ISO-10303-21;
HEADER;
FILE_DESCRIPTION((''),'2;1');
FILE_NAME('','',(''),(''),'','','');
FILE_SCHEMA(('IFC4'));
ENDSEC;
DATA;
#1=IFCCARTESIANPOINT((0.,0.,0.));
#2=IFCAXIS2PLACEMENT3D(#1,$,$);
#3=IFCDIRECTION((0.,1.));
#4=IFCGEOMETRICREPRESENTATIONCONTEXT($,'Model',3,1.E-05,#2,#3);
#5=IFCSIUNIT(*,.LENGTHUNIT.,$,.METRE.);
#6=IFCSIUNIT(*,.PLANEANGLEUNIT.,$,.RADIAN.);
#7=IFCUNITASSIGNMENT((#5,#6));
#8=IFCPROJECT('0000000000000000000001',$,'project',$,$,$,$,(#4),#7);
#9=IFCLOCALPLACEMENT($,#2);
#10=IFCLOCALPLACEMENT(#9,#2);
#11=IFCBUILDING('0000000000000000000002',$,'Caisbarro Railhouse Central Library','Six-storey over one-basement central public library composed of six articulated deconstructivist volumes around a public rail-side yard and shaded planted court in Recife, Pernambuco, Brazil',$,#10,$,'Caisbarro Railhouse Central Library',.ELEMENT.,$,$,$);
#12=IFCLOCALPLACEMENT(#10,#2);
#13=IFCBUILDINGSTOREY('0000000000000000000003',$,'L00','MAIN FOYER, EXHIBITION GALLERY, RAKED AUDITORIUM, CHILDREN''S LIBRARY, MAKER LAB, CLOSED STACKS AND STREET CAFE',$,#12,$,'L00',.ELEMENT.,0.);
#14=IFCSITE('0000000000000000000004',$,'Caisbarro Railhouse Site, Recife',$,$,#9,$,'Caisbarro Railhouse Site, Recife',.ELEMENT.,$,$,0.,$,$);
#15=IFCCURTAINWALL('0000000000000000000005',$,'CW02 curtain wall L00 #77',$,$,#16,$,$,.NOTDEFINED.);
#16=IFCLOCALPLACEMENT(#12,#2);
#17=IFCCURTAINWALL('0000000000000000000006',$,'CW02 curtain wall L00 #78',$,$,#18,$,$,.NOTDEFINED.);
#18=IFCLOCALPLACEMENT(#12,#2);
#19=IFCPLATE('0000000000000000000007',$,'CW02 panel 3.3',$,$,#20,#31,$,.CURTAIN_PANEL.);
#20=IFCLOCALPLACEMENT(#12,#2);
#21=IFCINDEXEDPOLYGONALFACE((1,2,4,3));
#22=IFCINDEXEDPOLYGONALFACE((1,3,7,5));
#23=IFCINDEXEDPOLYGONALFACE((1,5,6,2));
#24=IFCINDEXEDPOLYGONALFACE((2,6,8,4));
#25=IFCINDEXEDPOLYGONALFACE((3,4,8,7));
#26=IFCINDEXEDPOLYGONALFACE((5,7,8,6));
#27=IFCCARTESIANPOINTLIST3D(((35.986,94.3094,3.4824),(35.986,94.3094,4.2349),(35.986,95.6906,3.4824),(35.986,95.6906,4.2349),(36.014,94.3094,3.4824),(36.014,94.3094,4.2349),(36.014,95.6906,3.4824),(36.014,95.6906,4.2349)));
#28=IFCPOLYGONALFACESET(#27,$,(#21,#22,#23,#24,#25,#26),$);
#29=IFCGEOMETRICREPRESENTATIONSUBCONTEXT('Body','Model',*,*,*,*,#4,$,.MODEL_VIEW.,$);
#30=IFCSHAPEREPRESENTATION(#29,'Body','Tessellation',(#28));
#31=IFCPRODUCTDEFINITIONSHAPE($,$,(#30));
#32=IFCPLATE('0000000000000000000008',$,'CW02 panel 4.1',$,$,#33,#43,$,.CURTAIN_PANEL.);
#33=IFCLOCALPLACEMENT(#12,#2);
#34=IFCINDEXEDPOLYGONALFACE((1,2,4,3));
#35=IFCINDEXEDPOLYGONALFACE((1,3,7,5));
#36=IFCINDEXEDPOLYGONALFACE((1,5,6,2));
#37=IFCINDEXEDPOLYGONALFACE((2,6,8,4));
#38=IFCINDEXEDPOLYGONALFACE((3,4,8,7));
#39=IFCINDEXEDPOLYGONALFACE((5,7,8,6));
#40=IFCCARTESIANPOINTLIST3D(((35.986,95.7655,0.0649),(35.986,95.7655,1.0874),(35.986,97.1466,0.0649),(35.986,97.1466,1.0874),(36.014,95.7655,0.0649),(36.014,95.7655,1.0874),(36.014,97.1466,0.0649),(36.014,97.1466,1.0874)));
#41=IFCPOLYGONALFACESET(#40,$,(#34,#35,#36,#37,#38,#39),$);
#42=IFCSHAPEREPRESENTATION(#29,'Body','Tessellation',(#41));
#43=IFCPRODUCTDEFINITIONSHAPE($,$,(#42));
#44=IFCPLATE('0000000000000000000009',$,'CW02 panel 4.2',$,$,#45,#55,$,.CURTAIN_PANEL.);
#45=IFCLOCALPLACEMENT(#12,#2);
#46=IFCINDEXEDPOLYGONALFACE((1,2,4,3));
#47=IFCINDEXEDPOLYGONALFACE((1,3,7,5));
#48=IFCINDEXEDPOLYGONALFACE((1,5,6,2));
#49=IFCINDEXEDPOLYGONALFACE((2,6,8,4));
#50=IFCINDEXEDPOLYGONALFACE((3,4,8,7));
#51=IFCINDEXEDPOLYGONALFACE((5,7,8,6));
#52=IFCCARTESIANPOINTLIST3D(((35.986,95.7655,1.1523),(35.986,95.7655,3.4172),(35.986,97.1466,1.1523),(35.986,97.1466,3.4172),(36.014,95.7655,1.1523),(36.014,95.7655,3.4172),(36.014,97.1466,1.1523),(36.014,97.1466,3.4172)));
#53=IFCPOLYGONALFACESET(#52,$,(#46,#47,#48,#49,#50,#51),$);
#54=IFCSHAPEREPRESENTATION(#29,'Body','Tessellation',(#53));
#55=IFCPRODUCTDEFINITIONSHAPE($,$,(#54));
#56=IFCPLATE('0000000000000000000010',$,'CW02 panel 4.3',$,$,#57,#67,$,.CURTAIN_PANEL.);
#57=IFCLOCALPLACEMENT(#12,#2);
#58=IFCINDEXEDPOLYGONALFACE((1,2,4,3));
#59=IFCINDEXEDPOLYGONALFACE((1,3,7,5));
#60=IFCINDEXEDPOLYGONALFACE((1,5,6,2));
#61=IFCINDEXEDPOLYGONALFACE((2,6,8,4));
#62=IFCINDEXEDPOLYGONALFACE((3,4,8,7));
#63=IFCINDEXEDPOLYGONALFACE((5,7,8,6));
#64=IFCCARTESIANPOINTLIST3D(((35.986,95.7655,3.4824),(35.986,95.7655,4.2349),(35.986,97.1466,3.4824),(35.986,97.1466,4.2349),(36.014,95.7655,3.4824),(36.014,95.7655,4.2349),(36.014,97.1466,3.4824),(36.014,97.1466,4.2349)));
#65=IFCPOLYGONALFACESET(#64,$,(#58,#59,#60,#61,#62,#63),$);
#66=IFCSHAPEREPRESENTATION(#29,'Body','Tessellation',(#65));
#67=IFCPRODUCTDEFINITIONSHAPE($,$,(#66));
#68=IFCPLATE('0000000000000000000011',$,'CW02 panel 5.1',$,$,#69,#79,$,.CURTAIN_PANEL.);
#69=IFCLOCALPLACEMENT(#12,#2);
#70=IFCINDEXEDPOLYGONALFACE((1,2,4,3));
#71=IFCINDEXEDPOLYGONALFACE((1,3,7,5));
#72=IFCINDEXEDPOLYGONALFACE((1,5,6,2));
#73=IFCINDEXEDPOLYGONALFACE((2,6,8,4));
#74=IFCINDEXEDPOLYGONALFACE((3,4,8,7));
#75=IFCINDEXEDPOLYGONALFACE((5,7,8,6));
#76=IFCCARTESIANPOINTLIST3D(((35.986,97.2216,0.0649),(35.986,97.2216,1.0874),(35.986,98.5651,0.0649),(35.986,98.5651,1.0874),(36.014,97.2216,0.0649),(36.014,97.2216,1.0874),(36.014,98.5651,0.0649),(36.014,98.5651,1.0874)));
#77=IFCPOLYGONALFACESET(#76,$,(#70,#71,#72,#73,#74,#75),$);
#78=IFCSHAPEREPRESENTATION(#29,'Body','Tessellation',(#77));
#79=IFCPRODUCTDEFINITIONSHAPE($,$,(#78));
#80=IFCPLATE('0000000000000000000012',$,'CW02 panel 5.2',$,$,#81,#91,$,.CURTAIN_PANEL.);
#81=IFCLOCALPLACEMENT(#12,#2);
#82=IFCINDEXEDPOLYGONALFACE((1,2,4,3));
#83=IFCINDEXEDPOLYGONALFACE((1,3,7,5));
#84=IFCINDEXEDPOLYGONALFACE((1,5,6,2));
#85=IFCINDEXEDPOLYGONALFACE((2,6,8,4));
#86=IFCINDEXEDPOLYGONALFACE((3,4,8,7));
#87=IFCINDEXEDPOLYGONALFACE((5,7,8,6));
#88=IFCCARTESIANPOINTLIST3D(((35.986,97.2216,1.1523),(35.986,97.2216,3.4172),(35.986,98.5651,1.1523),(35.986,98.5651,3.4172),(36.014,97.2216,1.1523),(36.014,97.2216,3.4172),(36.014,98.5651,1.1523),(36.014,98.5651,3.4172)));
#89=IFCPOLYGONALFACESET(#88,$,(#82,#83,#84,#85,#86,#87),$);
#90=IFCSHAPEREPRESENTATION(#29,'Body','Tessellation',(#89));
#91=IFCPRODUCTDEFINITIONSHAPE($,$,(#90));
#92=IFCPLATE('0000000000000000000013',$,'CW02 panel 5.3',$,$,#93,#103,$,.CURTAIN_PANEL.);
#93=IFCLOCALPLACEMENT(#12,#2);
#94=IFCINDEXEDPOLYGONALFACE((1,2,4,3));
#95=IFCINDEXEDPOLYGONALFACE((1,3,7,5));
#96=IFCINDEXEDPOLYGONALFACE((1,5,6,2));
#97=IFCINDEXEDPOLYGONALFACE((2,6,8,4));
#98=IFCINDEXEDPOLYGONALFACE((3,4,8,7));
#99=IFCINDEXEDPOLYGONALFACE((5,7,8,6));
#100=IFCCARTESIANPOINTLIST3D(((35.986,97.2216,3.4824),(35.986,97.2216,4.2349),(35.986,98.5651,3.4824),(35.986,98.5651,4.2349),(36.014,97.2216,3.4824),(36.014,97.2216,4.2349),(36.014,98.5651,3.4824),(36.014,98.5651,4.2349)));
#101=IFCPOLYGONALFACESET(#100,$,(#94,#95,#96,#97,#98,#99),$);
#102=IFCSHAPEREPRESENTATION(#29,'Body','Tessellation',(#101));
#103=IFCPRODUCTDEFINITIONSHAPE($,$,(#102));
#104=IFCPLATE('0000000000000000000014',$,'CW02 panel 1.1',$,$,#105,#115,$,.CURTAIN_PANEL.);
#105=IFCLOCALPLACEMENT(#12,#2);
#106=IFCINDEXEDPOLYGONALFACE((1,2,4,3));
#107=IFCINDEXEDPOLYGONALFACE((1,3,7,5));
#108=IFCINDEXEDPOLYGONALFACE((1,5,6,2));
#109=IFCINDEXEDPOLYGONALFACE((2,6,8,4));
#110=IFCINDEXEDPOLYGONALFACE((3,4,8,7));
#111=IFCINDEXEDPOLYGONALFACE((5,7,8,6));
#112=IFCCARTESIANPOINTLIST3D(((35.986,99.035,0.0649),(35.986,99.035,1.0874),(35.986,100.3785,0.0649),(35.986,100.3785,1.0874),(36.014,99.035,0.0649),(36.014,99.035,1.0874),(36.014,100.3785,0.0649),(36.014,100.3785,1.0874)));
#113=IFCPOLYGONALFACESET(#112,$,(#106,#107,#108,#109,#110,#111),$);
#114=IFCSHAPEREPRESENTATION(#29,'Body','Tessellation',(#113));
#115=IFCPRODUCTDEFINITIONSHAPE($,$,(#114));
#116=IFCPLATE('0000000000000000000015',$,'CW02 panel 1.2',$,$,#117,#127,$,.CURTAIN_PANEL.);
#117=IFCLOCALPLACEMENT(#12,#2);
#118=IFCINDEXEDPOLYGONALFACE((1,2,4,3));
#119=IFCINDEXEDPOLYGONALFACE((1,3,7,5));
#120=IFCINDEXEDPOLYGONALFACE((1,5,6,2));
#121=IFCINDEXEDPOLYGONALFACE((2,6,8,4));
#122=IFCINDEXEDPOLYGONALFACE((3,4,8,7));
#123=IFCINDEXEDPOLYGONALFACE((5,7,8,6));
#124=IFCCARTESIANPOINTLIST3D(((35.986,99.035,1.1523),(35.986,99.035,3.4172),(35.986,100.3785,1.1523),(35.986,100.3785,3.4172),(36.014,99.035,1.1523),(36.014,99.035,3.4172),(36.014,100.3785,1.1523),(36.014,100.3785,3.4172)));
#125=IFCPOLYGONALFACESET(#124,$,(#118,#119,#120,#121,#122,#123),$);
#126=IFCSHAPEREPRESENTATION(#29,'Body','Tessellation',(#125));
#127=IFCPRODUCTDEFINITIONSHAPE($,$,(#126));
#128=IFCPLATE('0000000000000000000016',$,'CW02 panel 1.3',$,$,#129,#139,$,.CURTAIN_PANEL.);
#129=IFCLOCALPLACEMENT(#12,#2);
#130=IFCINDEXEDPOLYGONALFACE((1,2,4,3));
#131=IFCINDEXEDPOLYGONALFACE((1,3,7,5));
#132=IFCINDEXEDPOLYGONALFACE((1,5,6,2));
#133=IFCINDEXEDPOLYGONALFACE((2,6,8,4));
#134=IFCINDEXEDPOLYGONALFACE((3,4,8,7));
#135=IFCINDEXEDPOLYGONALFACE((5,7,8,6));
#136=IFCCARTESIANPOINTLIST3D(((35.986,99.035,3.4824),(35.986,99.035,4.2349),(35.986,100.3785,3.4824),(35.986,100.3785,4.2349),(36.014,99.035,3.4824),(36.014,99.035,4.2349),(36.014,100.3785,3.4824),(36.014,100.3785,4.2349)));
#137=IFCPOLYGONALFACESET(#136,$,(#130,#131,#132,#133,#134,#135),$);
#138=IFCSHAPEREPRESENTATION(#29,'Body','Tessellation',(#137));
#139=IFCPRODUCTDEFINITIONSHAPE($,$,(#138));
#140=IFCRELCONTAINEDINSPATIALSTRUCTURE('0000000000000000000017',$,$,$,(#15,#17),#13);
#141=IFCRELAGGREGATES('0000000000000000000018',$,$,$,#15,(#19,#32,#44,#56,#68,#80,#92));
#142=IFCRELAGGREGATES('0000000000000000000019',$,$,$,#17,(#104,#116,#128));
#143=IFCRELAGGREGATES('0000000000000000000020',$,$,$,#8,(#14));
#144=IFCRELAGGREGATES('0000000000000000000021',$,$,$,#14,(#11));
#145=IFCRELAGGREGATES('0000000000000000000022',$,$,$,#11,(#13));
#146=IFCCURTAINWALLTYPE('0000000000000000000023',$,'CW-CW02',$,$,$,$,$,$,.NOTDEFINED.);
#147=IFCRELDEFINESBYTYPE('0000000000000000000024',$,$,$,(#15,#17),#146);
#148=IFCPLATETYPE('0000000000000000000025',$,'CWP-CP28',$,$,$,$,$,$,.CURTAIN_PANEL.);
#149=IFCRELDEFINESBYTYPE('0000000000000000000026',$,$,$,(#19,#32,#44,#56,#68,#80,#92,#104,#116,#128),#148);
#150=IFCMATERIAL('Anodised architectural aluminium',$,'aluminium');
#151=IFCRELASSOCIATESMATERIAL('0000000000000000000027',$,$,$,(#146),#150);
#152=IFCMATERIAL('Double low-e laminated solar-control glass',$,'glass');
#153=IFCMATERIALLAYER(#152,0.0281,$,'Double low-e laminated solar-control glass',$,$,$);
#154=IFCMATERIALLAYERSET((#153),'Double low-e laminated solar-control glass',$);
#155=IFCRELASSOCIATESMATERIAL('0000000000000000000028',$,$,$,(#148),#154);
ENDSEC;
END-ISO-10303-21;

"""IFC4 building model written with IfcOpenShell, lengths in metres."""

from ifc_helpers import new_model, si_unit, direction, frame, origin, origin_2d, place, context, subcontext, project, spatial, rectangle, extrude, material, layer, layer_set, type_object, element, aggregate, save


model = new_model("IFC4")

# Units and contexts
model_context = context("Model", 3, precision=1e-05, world=origin(), true_north=direction((0.0, 1.0)))
body_context = subcontext(model_context, "Body", "Model", "MODEL_VIEW")
ifc_project = project(units=[si_unit("LENGTHUNIT", "METRE"), si_unit("PLANEANGLEUNIT", "RADIAN")], contexts=[model_context])

# Site, building, storey
site_placement = place(None, origin())
site = spatial("IfcSite", under=ifc_project, at=site_placement, Name="Caisbarro Railhouse Site, Recife", LongName="Caisbarro Railhouse Site, Recife", CompositionType="ELEMENT", RefElevation=0.0)
building_placement = place(site_placement, origin())
building = spatial("IfcBuilding", under=site, at=building_placement, Name="Caisbarro Railhouse Central Library", Description="Six-storey over one-basement central public library composed of six articulated deconstructivist volumes around a public rail-side yard and shaded planted court in Recife, Pernambuco, Brazil", LongName="Caisbarro Railhouse Central Library", CompositionType="ELEMENT")
storey_placement = place(building_placement, origin())
storey = spatial("IfcBuildingStorey", under=building, at=storey_placement, Name="L00", Description="MAIN FOYER, EXHIBITION GALLERY, RAKED AUDITORIUM, CHILDREN'S LIBRARY, MAKER LAB, CLOSED STACKS AND STREET CAFE", LongName="L00", CompositionType="ELEMENT", Elevation=0.0)

# Curtain wall
ifc_material_1 = material(Name="Anodised architectural aluminium", Category="aluminium")
curtain_wall_type = type_object("IfcCurtainWallType", Name="CW-CW02", PredefinedType="NOTDEFINED", material=ifc_material_1)
curtain_wall_1_placement = place(storey_placement, origin())
curtain_wall_1 = element("IfcCurtainWall", 1, at=curtain_wall_1_placement, inside=storey, type_object=curtain_wall_type, Name="CW02 curtain wall L00 #77", PredefinedType="NOTDEFINED")

# Curtain wall
curtain_wall_2_placement = place(storey_placement, origin())
curtain_wall_2 = element("IfcCurtainWall", 2, at=curtain_wall_2_placement, inside=storey, type_object=curtain_wall_type, Name="CW02 curtain wall L00 #78", PredefinedType="NOTDEFINED")

# Plates
ifc_material_2 = material(Name="Double low-e laminated solar-control glass", Category="glass")
ifc_layer = layer(ifc_material_2, 0.0281, Name="Double low-e laminated solar-control glass")
ifc_layer_set = layer_set([ifc_layer], Name="Double low-e laminated solar-control glass")
plate_type = type_object("IfcPlateType", Name="CWP-CP28", PredefinedType="CURTAIN_PANEL", material=ifc_layer_set)
plate_1_placement = place(storey_placement, frame((36.0, 95.0, 3.4824), z_axis=(0.0, 0.0, 1.0), x_axis=(0.0, 1.0, 0.0)))
plate_1 = element("IfcPlate", 3, at=plate_1_placement, type_object=plate_type, Name="CW02 panel 3.3", PredefinedType="CURTAIN_PANEL", context=body_context, shape_type="SweptSolid", body=[
    extrude(rectangle(XDim=1.3811, YDim=0.0281, at=origin_2d()), origin(), (0.0, 0.0, 1.0), 0.7524),
])
plate_2_placement = place(storey_placement, frame((36.0, 96.4561, 0.0649), z_axis=(0.0, 0.0, 1.0), x_axis=(0.0, 1.0, 0.0)))
plate_2 = element("IfcPlate", 4, at=plate_2_placement, type_object=plate_type, Name="CW02 panel 4.1", PredefinedType="CURTAIN_PANEL", context=body_context, shape_type="SweptSolid", body=[
    extrude(rectangle(XDim=1.3811, YDim=0.0281, at=origin_2d()), origin(), (0.0, 0.0, 1.0), 1.0225),
])
plate_3_placement = place(storey_placement, frame((36.0, 96.4561, 1.1523), z_axis=(0.0, 0.0, 1.0), x_axis=(0.0, 1.0, 0.0)))
plate_3 = element("IfcPlate", 5, at=plate_3_placement, type_object=plate_type, Name="CW02 panel 4.2", PredefinedType="CURTAIN_PANEL", context=body_context, shape_type="SweptSolid", body=[
    extrude(rectangle(XDim=1.3811, YDim=0.0281, at=origin_2d()), origin(), (0.0, 0.0, 1.0), 2.2649),
])
plate_4_placement = place(storey_placement, frame((36.0, 96.4561, 3.4824), z_axis=(0.0, 0.0, 1.0), x_axis=(0.0, 1.0, 0.0)))
plate_4 = element("IfcPlate", 6, at=plate_4_placement, type_object=plate_type, Name="CW02 panel 4.3", PredefinedType="CURTAIN_PANEL", context=body_context, shape_type="SweptSolid", body=[
    extrude(rectangle(XDim=1.3811, YDim=0.0281, at=origin_2d()), origin(), (0.0, 0.0, 1.0), 0.7524),
])
plate_5_placement = place(storey_placement, frame((36.0, 97.8933, 0.0649), z_axis=(0.0, 0.0, 1.0), x_axis=(0.0, 1.0, 0.0)))
plate_5 = element("IfcPlate", 7, at=plate_5_placement, type_object=plate_type, Name="CW02 panel 5.1", PredefinedType="CURTAIN_PANEL", context=body_context, shape_type="SweptSolid", body=[
    extrude(rectangle(XDim=1.3435, YDim=0.0281, at=origin_2d()), origin(), (0.0, 0.0, 1.0), 1.0225),
])
plate_6_placement = place(storey_placement, frame((36.0, 97.8933, 1.1523), z_axis=(0.0, 0.0, 1.0), x_axis=(0.0, 1.0, 0.0)))
plate_6 = element("IfcPlate", 8, at=plate_6_placement, type_object=plate_type, Name="CW02 panel 5.2", PredefinedType="CURTAIN_PANEL", context=body_context, shape_type="SweptSolid", body=[
    extrude(rectangle(XDim=1.3435, YDim=0.0281, at=origin_2d()), origin(), (0.0, 0.0, 1.0), 2.2649),
])
plate_7_placement = place(storey_placement, frame((36.0, 97.8933, 3.4824), z_axis=(0.0, 0.0, 1.0), x_axis=(0.0, 1.0, 0.0)))
plate_7 = element("IfcPlate", 9, at=plate_7_placement, type_object=plate_type, Name="CW02 panel 5.3", PredefinedType="CURTAIN_PANEL", context=body_context, shape_type="SweptSolid", body=[
    extrude(rectangle(XDim=1.3435, YDim=0.0281, at=origin_2d()), origin(), (0.0, 0.0, 1.0), 0.7524),
])
aggregate(curtain_wall_1, [plate_1, plate_2, plate_3, plate_4, plate_5, plate_6, plate_7])
plate_8_placement = place(storey_placement, frame((36.0, 99.7068, 0.0649), z_axis=(0.0, 0.0, 1.0), x_axis=(0.0, 1.0, 0.0)))
plate_8 = element("IfcPlate", 10, at=plate_8_placement, type_object=plate_type, Name="CW02 panel 1.1", PredefinedType="CURTAIN_PANEL", context=body_context, shape_type="SweptSolid", body=[
    extrude(rectangle(XDim=1.3435, YDim=0.0281, at=origin_2d()), origin(), (0.0, 0.0, 1.0), 1.0225),
])
plate_9_placement = place(storey_placement, frame((36.0, 99.7068, 1.1523), z_axis=(0.0, 0.0, 1.0), x_axis=(0.0, 1.0, 0.0)))
plate_9 = element("IfcPlate", 11, at=plate_9_placement, type_object=plate_type, Name="CW02 panel 1.2", PredefinedType="CURTAIN_PANEL", context=body_context, shape_type="SweptSolid", body=[
    extrude(rectangle(XDim=1.3435, YDim=0.0281, at=origin_2d()), origin(), (0.0, 0.0, 1.0), 2.2649),
])
plate_10_placement = place(storey_placement, frame((36.0, 99.7068, 3.4824), z_axis=(0.0, 0.0, 1.0), x_axis=(0.0, 1.0, 0.0)))
plate_10 = element("IfcPlate", 12, at=plate_10_placement, type_object=plate_type, Name="CW02 panel 1.3", PredefinedType="CURTAIN_PANEL", context=body_context, shape_type="SweptSolid", body=[
    extrude(rectangle(XDim=1.3435, YDim=0.0281, at=origin_2d()), origin(), (0.0, 0.0, 1.0), 0.7524),
])
aggregate(curtain_wall_2, [plate_8, plate_9, plate_10])

save(model, "model.ifc")
